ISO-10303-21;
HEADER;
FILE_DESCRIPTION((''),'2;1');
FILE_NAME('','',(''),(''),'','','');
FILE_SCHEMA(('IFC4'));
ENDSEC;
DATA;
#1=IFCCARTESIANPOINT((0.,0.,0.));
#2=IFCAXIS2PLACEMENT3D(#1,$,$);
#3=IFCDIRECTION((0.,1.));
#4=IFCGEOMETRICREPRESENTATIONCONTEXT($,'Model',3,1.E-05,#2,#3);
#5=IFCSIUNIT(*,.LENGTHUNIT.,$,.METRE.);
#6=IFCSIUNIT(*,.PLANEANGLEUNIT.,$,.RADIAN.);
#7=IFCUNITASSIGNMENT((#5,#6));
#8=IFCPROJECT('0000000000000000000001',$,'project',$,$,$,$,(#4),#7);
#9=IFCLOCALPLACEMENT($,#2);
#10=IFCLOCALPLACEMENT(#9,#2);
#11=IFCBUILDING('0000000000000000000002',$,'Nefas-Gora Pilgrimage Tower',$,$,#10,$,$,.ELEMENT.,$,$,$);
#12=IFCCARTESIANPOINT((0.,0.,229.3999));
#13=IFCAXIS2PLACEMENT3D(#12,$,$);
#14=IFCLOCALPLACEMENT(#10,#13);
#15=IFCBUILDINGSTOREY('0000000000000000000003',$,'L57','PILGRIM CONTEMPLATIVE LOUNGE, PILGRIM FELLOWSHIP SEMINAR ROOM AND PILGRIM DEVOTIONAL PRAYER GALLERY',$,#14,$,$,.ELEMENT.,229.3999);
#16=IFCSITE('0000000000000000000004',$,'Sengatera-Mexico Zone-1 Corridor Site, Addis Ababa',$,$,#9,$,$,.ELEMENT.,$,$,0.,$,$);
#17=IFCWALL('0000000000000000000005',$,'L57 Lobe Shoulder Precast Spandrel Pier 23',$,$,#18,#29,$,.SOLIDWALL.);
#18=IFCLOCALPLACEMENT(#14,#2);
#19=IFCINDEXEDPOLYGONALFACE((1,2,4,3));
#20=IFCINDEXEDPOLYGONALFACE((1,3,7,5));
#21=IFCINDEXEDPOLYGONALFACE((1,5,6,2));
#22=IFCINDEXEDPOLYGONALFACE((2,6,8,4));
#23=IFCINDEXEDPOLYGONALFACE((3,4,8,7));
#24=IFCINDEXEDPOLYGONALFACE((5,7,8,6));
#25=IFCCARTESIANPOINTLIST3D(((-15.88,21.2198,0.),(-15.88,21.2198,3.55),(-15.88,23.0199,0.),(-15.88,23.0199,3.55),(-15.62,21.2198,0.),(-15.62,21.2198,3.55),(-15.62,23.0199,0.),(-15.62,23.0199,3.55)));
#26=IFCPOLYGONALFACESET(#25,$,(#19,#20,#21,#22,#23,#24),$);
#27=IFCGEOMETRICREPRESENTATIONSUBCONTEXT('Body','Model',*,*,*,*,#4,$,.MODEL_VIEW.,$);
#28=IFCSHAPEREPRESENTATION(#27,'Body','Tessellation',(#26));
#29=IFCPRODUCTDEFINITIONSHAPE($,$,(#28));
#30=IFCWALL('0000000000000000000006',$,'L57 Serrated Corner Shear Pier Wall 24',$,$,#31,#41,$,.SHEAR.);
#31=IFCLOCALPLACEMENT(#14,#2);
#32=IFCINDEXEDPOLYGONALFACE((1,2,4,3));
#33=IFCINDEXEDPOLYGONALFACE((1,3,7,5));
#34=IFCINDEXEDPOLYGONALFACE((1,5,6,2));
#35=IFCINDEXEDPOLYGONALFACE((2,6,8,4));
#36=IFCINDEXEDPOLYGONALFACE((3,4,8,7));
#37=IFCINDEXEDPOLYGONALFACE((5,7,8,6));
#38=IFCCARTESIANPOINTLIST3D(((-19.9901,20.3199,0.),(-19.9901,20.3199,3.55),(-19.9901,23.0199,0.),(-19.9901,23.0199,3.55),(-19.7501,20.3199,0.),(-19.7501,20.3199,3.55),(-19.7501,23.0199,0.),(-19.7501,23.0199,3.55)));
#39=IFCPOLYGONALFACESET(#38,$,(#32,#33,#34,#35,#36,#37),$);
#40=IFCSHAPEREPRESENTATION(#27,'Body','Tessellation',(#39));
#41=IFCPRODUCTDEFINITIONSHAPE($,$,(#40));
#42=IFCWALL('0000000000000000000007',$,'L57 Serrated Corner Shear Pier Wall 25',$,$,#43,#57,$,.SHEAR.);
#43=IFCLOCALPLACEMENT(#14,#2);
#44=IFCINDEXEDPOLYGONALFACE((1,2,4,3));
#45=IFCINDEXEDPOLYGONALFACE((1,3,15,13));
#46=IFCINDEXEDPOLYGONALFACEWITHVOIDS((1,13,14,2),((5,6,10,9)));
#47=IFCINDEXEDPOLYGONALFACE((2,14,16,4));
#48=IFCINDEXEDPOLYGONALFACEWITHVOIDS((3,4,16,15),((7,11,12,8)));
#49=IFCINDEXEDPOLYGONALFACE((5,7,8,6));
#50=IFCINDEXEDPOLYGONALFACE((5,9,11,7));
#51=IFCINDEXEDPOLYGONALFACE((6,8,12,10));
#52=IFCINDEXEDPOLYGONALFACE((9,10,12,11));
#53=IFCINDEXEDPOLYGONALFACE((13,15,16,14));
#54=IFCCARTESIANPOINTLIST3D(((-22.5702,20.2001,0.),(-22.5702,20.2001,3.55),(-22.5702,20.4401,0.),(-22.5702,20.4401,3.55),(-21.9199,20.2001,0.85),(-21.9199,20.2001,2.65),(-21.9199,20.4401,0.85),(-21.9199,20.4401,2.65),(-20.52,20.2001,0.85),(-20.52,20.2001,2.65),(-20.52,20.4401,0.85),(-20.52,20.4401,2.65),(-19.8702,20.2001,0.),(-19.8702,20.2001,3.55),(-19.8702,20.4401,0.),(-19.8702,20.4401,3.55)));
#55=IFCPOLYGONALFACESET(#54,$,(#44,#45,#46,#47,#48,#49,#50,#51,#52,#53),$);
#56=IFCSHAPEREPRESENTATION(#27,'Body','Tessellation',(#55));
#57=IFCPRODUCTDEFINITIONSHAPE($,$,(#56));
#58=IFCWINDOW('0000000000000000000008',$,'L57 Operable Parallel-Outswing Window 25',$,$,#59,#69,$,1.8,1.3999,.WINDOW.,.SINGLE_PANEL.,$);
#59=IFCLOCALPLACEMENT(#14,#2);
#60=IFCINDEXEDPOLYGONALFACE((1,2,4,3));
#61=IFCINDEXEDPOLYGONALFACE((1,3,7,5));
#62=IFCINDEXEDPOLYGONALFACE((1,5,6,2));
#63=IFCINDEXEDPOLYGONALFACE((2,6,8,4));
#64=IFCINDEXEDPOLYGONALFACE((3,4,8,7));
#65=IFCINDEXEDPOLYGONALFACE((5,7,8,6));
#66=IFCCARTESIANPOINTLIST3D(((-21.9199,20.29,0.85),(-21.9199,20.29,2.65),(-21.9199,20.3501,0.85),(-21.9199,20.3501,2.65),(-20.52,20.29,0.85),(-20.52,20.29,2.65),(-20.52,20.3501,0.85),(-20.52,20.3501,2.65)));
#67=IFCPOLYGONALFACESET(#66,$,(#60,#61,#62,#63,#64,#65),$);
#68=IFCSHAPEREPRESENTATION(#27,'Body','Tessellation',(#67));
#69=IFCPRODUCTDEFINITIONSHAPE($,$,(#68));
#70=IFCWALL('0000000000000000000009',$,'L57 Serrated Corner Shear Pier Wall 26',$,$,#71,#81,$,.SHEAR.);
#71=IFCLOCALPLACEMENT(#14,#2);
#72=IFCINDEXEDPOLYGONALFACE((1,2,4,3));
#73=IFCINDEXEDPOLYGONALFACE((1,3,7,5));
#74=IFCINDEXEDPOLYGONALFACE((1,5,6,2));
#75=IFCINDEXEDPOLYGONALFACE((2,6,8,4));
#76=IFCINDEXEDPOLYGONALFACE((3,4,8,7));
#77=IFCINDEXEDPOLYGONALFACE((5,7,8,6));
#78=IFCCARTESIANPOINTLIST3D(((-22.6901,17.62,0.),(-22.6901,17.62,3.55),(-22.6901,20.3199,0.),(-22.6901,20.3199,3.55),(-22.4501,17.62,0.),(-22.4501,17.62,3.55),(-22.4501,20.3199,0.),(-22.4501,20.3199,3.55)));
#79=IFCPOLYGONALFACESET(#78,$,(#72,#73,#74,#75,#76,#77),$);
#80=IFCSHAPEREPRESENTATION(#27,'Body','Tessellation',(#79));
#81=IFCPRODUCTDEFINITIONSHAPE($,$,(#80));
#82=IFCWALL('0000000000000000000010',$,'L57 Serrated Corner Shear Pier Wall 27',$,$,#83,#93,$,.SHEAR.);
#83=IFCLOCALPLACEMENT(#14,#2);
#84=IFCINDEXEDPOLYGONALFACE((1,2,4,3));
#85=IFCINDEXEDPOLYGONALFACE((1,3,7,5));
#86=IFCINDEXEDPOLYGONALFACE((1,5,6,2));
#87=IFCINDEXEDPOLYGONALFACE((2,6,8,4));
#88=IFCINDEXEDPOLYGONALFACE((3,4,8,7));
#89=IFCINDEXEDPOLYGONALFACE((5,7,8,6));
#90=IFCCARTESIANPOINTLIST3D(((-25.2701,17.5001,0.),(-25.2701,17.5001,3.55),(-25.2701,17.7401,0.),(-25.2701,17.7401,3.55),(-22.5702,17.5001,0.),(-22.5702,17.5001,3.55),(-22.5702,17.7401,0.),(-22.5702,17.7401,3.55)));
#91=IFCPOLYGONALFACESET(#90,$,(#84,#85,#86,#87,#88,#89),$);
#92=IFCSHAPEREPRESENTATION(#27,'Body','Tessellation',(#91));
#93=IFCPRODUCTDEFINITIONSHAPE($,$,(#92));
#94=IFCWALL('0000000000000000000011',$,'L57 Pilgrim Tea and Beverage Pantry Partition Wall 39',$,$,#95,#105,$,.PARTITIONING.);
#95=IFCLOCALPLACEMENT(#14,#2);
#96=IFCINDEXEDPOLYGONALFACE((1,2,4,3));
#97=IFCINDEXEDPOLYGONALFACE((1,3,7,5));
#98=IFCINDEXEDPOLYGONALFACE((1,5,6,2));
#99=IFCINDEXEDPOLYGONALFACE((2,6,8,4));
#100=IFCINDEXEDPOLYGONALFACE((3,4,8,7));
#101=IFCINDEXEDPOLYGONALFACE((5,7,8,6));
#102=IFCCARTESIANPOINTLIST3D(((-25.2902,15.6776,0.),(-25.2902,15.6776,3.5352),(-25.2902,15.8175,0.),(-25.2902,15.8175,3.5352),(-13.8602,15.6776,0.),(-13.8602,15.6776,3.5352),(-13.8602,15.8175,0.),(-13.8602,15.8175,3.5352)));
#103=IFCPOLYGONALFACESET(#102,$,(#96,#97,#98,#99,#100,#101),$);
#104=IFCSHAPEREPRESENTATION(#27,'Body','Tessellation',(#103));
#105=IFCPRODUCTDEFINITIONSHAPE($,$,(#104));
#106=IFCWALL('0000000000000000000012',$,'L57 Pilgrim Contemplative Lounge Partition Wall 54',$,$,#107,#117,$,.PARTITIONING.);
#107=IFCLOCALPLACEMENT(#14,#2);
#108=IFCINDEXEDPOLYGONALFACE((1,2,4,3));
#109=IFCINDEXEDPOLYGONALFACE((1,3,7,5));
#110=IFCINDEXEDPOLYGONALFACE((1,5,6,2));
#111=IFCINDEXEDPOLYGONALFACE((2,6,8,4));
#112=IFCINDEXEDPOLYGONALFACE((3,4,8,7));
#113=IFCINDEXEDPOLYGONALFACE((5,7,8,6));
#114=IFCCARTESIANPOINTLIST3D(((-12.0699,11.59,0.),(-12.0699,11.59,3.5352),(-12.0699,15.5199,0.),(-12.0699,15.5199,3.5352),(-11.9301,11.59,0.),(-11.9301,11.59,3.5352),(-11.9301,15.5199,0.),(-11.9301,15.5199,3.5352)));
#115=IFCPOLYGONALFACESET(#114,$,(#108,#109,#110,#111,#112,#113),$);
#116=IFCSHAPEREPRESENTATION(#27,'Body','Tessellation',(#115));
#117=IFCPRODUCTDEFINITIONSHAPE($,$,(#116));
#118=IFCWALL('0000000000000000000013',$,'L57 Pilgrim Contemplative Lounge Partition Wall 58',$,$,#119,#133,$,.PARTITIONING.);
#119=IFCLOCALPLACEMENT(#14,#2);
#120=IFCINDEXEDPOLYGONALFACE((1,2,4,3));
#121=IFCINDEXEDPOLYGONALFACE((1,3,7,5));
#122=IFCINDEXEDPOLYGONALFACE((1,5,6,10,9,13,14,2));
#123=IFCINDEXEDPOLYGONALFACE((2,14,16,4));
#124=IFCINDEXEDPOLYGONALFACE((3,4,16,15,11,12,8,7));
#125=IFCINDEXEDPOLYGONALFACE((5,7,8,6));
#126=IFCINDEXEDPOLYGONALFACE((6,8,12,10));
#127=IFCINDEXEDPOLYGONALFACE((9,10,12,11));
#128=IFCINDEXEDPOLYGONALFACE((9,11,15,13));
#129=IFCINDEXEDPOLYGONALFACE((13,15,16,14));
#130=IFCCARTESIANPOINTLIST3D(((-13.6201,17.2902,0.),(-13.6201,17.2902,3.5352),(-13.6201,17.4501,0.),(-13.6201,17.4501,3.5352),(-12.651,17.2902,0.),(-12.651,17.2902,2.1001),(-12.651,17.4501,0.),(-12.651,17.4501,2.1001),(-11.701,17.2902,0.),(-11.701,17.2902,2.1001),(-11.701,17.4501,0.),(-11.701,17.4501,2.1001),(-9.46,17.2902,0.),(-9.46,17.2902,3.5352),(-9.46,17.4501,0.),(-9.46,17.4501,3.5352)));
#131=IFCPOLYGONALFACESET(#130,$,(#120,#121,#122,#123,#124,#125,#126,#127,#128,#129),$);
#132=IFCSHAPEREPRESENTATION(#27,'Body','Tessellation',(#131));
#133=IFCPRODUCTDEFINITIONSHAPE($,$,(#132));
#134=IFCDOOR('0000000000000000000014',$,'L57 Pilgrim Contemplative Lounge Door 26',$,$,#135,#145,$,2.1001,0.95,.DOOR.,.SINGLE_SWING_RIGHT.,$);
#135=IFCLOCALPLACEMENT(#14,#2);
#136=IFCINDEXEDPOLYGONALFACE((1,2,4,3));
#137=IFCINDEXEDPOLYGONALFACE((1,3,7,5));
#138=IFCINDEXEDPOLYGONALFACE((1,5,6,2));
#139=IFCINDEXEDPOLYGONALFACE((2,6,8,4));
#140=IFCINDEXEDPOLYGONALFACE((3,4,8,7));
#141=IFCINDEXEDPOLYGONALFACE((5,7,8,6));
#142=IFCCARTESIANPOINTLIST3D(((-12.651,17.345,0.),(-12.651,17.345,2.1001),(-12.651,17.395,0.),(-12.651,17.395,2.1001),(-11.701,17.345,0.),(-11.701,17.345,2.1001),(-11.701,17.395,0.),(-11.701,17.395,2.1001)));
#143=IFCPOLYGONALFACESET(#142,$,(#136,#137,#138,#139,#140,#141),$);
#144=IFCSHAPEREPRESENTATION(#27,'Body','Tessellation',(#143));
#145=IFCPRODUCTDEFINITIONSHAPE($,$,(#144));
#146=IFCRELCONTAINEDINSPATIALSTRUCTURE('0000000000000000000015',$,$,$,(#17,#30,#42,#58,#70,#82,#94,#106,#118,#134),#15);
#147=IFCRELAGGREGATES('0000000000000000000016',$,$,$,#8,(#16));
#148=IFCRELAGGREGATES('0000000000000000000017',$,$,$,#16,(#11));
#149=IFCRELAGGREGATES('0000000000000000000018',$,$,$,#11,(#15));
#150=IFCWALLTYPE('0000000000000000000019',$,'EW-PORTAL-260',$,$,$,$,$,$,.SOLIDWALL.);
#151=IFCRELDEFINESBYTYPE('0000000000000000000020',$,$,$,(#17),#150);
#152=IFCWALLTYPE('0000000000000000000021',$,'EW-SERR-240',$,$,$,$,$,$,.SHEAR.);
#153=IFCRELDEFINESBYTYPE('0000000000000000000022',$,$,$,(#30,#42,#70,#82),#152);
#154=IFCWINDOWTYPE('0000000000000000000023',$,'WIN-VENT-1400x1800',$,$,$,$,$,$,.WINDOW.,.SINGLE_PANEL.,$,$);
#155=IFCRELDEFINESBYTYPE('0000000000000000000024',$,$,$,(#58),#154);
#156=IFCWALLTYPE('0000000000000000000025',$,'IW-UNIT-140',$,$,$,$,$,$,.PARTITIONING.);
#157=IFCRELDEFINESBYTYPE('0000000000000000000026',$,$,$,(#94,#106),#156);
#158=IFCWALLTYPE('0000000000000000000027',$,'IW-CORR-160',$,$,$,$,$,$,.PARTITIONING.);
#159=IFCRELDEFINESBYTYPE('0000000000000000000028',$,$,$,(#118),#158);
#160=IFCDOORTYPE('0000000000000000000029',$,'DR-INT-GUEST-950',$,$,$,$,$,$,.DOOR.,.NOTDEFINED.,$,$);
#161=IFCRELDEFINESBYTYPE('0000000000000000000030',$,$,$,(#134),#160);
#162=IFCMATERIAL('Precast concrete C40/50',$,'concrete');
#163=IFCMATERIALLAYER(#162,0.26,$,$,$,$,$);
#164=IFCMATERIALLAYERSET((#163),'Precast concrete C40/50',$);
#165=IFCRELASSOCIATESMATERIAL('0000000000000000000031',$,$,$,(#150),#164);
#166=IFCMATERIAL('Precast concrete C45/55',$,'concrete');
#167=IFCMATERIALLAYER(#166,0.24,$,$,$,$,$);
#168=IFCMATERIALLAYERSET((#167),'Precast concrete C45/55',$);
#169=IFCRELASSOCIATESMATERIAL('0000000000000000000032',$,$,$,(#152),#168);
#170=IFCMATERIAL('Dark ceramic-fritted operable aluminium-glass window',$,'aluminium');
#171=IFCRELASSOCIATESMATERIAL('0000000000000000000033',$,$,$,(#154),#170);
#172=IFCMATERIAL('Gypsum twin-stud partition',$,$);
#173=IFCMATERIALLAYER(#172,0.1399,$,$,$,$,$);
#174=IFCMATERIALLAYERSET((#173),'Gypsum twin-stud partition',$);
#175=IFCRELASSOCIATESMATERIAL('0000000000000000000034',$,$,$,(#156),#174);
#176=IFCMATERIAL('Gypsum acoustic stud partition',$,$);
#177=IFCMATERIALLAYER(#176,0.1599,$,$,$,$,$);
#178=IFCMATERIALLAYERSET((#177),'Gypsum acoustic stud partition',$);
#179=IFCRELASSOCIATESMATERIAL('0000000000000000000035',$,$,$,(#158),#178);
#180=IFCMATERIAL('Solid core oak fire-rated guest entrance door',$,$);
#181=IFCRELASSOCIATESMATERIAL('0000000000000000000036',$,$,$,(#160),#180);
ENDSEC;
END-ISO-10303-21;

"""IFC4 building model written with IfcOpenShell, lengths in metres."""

from ifc_helpers import new_model, si_unit, direction, frame, frame_2d, origin, place, context, subcontext, project, spatial, rectangle, extrude, source, transform, mapped, material, layer, layer_set, type_object, element, fill, save


model = new_model("IFC4")

# Units and contexts
model_context = context("Model", 3, precision=1e-05, world=origin(), true_north=direction((0.0, 1.0)))
body_context = subcontext(model_context, "Body", "Model", "MODEL_VIEW")
ifc_project = project(units=[si_unit("LENGTHUNIT", "METRE"), si_unit("PLANEANGLEUNIT", "RADIAN")], contexts=[model_context])

# Site, building, storey
site_placement = place(None, origin())
site = spatial("IfcSite", under=ifc_project, at=site_placement, Name="Sengatera-Mexico Zone-1 Corridor Site, Addis Ababa", CompositionType="ELEMENT", RefElevation=0.0)
building_placement = place(site_placement, origin())
building = spatial("IfcBuilding", under=site, at=building_placement, Name="Nefas-Gora Pilgrimage Tower", CompositionType="ELEMENT")
storey_placement = place(building_placement, frame((0.0, 0.0, 229.3999)))
storey = spatial("IfcBuildingStorey", under=building, at=storey_placement, Name="L57", Description="PILGRIM CONTEMPLATIVE LOUNGE, PILGRIM FELLOWSHIP SEMINAR ROOM AND PILGRIM DEVOTIONAL PRAYER GALLERY", CompositionType="ELEMENT", Elevation=229.3999)

# Walls
ifc_material_1 = material(Name="Precast concrete C40/50", Category="concrete")
ifc_layer_1 = layer(ifc_material_1, 0.26)
ifc_layer_set_1 = layer_set([ifc_layer_1], Name="Precast concrete C40/50")
wall_type_1 = type_object("IfcWallType", Name="EW-PORTAL-260", PredefinedType="SOLIDWALL", material=ifc_layer_set_1)
shared_shape_1 = source(origin(), body_context, "Body", "SweptSolid", [
    extrude(rectangle(XDim=1.8, YDim=0.26, at=frame_2d((0.8999, 0.0))), origin(), (0.0, 0.0, 1.0), 3.55),
])
wall_1_placement = place(storey_placement, frame((-15.75, 21.22, 0.0), z_axis=(0.0, 0.0, 1.0), x_axis=(0.0, 1.0, 0.0)))
element("IfcWall", 1, at=wall_1_placement, inside=storey, type_object=wall_type_1, Name="L57 Lobe Shoulder Precast Spandrel Pier 23", PredefinedType="SOLIDWALL", context=body_context, shape_type="MappedRepresentation", body=[
    mapped(shared_shape_1, transform((0.0, 0.0, 0.0), x_axis=(1.0, 0.0, 0.0), y_axis=(0.0, 1.0, 0.0), z_axis=(0.0, 0.0, 1.0), scale=1.0)),
])
ifc_material_2 = material(Name="Precast concrete C45/55", Category="concrete")
ifc_layer_2 = layer(ifc_material_2, 0.24)
ifc_layer_set_2 = layer_set([ifc_layer_2], Name="Precast concrete C45/55")
wall_type_2 = type_object("IfcWallType", Name="EW-SERR-240", PredefinedType="SHEAR", material=ifc_layer_set_2)
shared_shape_2 = source(origin(), body_context, "Body", "SweptSolid", [
    extrude(rectangle(XDim=2.7, YDim=0.24, at=frame_2d((1.3501, 0.0))), origin(), (0.0, 0.0, 1.0), 3.55),
])
wall_2_placement = place(storey_placement, frame((-19.8701, 23.02, 0.0), z_axis=(0.0, 0.0, 1.0), x_axis=(0.0, -1.0, 0.0)))
element("IfcWall", 2, at=wall_2_placement, inside=storey, type_object=wall_type_2, Name="L57 Serrated Corner Shear Pier Wall 24", PredefinedType="SHEAR", context=body_context, shape_type="MappedRepresentation", body=[
    mapped(shared_shape_2, transform((0.0, 0.0, 0.0), x_axis=(1.0, 0.0, 0.0), y_axis=(0.0, 1.0, 0.0), z_axis=(0.0, 0.0, 1.0), scale=1.0)),
])

# Wall, opening, window
wall_3_placement = place(storey_placement, frame((-19.8701, 20.3201, 0.0), z_axis=(0.0, 0.0, 1.0), x_axis=(-1.0, 0.0, 0.0)))
wall_3 = element("IfcWall", 3, at=wall_3_placement, inside=storey, type_object=wall_type_2, Name="L57 Serrated Corner Shear Pier Wall 25", PredefinedType="SHEAR", context=body_context, shape_type="MappedRepresentation", body=[
    mapped(shared_shape_2, transform((0.0, 0.0, 0.0), x_axis=(1.0, 0.0, 0.0), y_axis=(0.0, 1.0, 0.0), z_axis=(0.0, 0.0, 1.0), scale=1.0)),
])
opening_1_placement = place(wall_3_placement, frame((0.6499, 0.0, 0.8501)))
opening_1 = element("IfcOpeningElement", 4, at=opening_1_placement, cuts=wall_3, PredefinedType="OPENING", context=body_context, shape_type="SweptSolid", body=[
    extrude(rectangle(XDim=1.3999, YDim=1.8, at=frame_2d((0.7, 0.8999))), frame((0.0, 0.1299, 0.0), z_axis=(0.0, -1.0, 0.0), x_axis=(1.0, 0.0, 0.0)), (0.0, 0.0, 1.0), 0.26),
])
ifc_material_3 = material(Name="Dark ceramic-fritted operable aluminium-glass window", Category="aluminium")
window_type = type_object("IfcWindowType", Name="WIN-VENT-1400x1800", PartitioningType="SINGLE_PANEL", PredefinedType="WINDOW", material=ifc_material_3)
shared_shape_3 = source(origin(), body_context, "Body", "SweptSolid", [
    extrude(rectangle(XDim=1.3999, YDim=1.8, at=frame_2d((0.7, 0.8999))), frame((0.0, 0.03, 0.0), z_axis=(0.0, -1.0, 0.0), x_axis=(1.0, 0.0, 0.0)), (0.0, 0.0, 1.0), 0.0601),
])
window_placement = place(opening_1_placement, origin())
window = element("IfcWindow", 5, at=window_placement, inside=storey, type_object=window_type, Name="L57 Operable Parallel-Outswing Window 25", OverallHeight=1.8, OverallWidth=1.3999, PartitioningType="SINGLE_PANEL", PredefinedType="WINDOW", context=body_context, shape_type="MappedRepresentation", body=[
    mapped(shared_shape_3, transform((0.0, 0.0, 0.0), x_axis=(1.0, 0.0, 0.0), y_axis=(0.0, 1.0, 0.0), z_axis=(0.0, 0.0, 1.0), scale=1.0)),
])
fill(opening_1, window)

# Walls
for number, where, z_axis, x_axis, name in (
    (6, (-22.5701, 20.3201, 0.0), (0.0, 0.0, 1.0), (0.0, -1.0, 0.0), "L57 Serrated Corner Shear Pier Wall 26"),
    (7, (-22.5701, 17.6201, 0.0), (0.0, 0.0, 1.0), (-1.0, 0.0, 0.0), "L57 Serrated Corner Shear Pier Wall 27"),
):
    element("IfcWall", number, at=place(storey_placement, frame(where, z_axis=z_axis, x_axis=x_axis)), inside=storey, type_object=wall_type_2, Name=name, PredefinedType="SHEAR", context=body_context, shape_type="MappedRepresentation", body=[
        mapped(shared_shape_2, transform((0.0, 0.0, 0.0), x_axis=(1.0, 0.0, 0.0), y_axis=(0.0, 1.0, 0.0), z_axis=(0.0, 0.0, 1.0), scale=1.0)),
    ])
ifc_material_4 = material(Name="Gypsum twin-stud partition")
ifc_layer_3 = layer(ifc_material_4, 0.1399)
ifc_layer_set_3 = layer_set([ifc_layer_3], Name="Gypsum twin-stud partition")
wall_type_3 = type_object("IfcWallType", Name="IW-UNIT-140", PredefinedType="PARTITIONING", material=ifc_layer_set_3)
shared_shape_4 = source(origin(), body_context, "Body", "SweptSolid", [
    extrude(rectangle(XDim=11.4299, YDim=0.1399, at=frame_2d((5.7148, 0.0))), origin(), (0.0, 0.0, 1.0), 3.5352),
])
wall_4_placement = place(storey_placement, frame((-25.29, 15.7476, 0.0), z_axis=(0.0, 0.0, 1.0), x_axis=(1.0, 0.0, 0.0)))
element("IfcWall", 8, at=wall_4_placement, inside=storey, type_object=wall_type_3, Name="L57 Pilgrim Tea and Beverage Pantry Partition Wall 39", PredefinedType="PARTITIONING", context=body_context, shape_type="MappedRepresentation", body=[
    mapped(shared_shape_4, transform((0.0, 0.0, 0.0), x_axis=(1.0, 0.0, 0.0), y_axis=(0.0, 1.0, 0.0), z_axis=(0.0, 0.0, 1.0), scale=1.0)),
])
shared_shape_5 = source(origin(), body_context, "Body", "SweptSolid", [
    extrude(rectangle(XDim=3.9299, YDim=0.1399, at=frame_2d((1.9648, 0.0))), origin(), (0.0, 0.0, 1.0), 3.5352),
])
wall_5_placement = place(storey_placement, frame((-12.0, 11.5901, 0.0), z_axis=(0.0, 0.0, 1.0), x_axis=(0.0, 1.0, 0.0)))
element("IfcWall", 9, at=wall_5_placement, inside=storey, type_object=wall_type_3, Name="L57 Pilgrim Contemplative Lounge Partition Wall 54", PredefinedType="PARTITIONING", context=body_context, shape_type="MappedRepresentation", body=[
    mapped(shared_shape_5, transform((0.0, 0.0, 0.0), x_axis=(1.0, 0.0, 0.0), y_axis=(0.0, 1.0, 0.0), z_axis=(0.0, 0.0, 1.0), scale=1.0)),
])

# Wall, opening, door
ifc_material_5 = material(Name="Gypsum acoustic stud partition")
ifc_layer_4 = layer(ifc_material_5, 0.1599)
ifc_layer_set_4 = layer_set([ifc_layer_4], Name="Gypsum acoustic stud partition")
wall_type_4 = type_object("IfcWallType", Name="IW-CORR-160", PredefinedType="PARTITIONING", material=ifc_layer_set_4)
shared_shape_6 = source(origin(), body_context, "Body", "SweptSolid", [
    extrude(rectangle(XDim=4.1602, YDim=0.1599, at=frame_2d((2.0801, 0.0))), origin(), (0.0, 0.0, 1.0), 3.5352),
])
wall_6_placement = place(storey_placement, frame((-13.6201, 17.3701, 0.0), z_axis=(0.0, 0.0, 1.0), x_axis=(1.0, 0.0, 0.0)))
wall_6 = element("IfcWall", 10, at=wall_6_placement, inside=storey, type_object=wall_type_4, Name="L57 Pilgrim Contemplative Lounge Partition Wall 58", PredefinedType="PARTITIONING", context=body_context, shape_type="MappedRepresentation", body=[
    mapped(shared_shape_6, transform((0.0, 0.0, 0.0), x_axis=(1.0, 0.0, 0.0), y_axis=(0.0, 1.0, 0.0), z_axis=(0.0, 0.0, 1.0), scale=1.0)),
])
opening_2_placement = place(wall_6_placement, frame((0.969, 0.0, 0.0)))
opening_2 = element("IfcOpeningElement", 11, at=opening_2_placement, cuts=wall_6, PredefinedType="OPENING", context=body_context, shape_type="SweptSolid", body=[
    extrude(rectangle(XDim=0.95, YDim=2.1001, at=frame_2d((0.4751, 1.05))), frame((0.0, 0.0898, 0.0), z_axis=(0.0, -1.0, 0.0), x_axis=(1.0, 0.0, 0.0)), (0.0, 0.0, 1.0), 0.1799),
])
ifc_material_6 = material(Name="Solid core oak fire-rated guest entrance door")
door_type = type_object("IfcDoorType", Name="DR-INT-GUEST-950", OperationType="NOTDEFINED", PredefinedType="DOOR", material=ifc_material_6)
shared_shape_7 = source(origin(), body_context, "Body", "SweptSolid", [
    extrude(rectangle(XDim=0.95, YDim=2.1001, at=frame_2d((0.4751, 1.05))), frame((0.0, 0.0249, 0.0), z_axis=(0.0, -1.0, 0.0), x_axis=(1.0, 0.0, 0.0)), (0.0, 0.0, 1.0), 0.05),
])
door_1_placement = place(opening_2_placement, origin())
door_1 = element("IfcDoor", 12, at=door_1_placement, inside=storey, type_object=door_type, Name="L57 Pilgrim Contemplative Lounge Door 26", OperationType="SINGLE_SWING_RIGHT", OverallHeight=2.1001, OverallWidth=0.95, PredefinedType="DOOR", context=body_context, shape_type="MappedRepresentation", body=[
    mapped(shared_shape_7, transform((0.0, 0.0, 0.0), x_axis=(1.0, 0.0, 0.0), y_axis=(0.0, 1.0, 0.0), z_axis=(0.0, 0.0, 1.0), scale=1.0)),
])
fill(opening_2, door_1)

save(model, "model.ifc")
